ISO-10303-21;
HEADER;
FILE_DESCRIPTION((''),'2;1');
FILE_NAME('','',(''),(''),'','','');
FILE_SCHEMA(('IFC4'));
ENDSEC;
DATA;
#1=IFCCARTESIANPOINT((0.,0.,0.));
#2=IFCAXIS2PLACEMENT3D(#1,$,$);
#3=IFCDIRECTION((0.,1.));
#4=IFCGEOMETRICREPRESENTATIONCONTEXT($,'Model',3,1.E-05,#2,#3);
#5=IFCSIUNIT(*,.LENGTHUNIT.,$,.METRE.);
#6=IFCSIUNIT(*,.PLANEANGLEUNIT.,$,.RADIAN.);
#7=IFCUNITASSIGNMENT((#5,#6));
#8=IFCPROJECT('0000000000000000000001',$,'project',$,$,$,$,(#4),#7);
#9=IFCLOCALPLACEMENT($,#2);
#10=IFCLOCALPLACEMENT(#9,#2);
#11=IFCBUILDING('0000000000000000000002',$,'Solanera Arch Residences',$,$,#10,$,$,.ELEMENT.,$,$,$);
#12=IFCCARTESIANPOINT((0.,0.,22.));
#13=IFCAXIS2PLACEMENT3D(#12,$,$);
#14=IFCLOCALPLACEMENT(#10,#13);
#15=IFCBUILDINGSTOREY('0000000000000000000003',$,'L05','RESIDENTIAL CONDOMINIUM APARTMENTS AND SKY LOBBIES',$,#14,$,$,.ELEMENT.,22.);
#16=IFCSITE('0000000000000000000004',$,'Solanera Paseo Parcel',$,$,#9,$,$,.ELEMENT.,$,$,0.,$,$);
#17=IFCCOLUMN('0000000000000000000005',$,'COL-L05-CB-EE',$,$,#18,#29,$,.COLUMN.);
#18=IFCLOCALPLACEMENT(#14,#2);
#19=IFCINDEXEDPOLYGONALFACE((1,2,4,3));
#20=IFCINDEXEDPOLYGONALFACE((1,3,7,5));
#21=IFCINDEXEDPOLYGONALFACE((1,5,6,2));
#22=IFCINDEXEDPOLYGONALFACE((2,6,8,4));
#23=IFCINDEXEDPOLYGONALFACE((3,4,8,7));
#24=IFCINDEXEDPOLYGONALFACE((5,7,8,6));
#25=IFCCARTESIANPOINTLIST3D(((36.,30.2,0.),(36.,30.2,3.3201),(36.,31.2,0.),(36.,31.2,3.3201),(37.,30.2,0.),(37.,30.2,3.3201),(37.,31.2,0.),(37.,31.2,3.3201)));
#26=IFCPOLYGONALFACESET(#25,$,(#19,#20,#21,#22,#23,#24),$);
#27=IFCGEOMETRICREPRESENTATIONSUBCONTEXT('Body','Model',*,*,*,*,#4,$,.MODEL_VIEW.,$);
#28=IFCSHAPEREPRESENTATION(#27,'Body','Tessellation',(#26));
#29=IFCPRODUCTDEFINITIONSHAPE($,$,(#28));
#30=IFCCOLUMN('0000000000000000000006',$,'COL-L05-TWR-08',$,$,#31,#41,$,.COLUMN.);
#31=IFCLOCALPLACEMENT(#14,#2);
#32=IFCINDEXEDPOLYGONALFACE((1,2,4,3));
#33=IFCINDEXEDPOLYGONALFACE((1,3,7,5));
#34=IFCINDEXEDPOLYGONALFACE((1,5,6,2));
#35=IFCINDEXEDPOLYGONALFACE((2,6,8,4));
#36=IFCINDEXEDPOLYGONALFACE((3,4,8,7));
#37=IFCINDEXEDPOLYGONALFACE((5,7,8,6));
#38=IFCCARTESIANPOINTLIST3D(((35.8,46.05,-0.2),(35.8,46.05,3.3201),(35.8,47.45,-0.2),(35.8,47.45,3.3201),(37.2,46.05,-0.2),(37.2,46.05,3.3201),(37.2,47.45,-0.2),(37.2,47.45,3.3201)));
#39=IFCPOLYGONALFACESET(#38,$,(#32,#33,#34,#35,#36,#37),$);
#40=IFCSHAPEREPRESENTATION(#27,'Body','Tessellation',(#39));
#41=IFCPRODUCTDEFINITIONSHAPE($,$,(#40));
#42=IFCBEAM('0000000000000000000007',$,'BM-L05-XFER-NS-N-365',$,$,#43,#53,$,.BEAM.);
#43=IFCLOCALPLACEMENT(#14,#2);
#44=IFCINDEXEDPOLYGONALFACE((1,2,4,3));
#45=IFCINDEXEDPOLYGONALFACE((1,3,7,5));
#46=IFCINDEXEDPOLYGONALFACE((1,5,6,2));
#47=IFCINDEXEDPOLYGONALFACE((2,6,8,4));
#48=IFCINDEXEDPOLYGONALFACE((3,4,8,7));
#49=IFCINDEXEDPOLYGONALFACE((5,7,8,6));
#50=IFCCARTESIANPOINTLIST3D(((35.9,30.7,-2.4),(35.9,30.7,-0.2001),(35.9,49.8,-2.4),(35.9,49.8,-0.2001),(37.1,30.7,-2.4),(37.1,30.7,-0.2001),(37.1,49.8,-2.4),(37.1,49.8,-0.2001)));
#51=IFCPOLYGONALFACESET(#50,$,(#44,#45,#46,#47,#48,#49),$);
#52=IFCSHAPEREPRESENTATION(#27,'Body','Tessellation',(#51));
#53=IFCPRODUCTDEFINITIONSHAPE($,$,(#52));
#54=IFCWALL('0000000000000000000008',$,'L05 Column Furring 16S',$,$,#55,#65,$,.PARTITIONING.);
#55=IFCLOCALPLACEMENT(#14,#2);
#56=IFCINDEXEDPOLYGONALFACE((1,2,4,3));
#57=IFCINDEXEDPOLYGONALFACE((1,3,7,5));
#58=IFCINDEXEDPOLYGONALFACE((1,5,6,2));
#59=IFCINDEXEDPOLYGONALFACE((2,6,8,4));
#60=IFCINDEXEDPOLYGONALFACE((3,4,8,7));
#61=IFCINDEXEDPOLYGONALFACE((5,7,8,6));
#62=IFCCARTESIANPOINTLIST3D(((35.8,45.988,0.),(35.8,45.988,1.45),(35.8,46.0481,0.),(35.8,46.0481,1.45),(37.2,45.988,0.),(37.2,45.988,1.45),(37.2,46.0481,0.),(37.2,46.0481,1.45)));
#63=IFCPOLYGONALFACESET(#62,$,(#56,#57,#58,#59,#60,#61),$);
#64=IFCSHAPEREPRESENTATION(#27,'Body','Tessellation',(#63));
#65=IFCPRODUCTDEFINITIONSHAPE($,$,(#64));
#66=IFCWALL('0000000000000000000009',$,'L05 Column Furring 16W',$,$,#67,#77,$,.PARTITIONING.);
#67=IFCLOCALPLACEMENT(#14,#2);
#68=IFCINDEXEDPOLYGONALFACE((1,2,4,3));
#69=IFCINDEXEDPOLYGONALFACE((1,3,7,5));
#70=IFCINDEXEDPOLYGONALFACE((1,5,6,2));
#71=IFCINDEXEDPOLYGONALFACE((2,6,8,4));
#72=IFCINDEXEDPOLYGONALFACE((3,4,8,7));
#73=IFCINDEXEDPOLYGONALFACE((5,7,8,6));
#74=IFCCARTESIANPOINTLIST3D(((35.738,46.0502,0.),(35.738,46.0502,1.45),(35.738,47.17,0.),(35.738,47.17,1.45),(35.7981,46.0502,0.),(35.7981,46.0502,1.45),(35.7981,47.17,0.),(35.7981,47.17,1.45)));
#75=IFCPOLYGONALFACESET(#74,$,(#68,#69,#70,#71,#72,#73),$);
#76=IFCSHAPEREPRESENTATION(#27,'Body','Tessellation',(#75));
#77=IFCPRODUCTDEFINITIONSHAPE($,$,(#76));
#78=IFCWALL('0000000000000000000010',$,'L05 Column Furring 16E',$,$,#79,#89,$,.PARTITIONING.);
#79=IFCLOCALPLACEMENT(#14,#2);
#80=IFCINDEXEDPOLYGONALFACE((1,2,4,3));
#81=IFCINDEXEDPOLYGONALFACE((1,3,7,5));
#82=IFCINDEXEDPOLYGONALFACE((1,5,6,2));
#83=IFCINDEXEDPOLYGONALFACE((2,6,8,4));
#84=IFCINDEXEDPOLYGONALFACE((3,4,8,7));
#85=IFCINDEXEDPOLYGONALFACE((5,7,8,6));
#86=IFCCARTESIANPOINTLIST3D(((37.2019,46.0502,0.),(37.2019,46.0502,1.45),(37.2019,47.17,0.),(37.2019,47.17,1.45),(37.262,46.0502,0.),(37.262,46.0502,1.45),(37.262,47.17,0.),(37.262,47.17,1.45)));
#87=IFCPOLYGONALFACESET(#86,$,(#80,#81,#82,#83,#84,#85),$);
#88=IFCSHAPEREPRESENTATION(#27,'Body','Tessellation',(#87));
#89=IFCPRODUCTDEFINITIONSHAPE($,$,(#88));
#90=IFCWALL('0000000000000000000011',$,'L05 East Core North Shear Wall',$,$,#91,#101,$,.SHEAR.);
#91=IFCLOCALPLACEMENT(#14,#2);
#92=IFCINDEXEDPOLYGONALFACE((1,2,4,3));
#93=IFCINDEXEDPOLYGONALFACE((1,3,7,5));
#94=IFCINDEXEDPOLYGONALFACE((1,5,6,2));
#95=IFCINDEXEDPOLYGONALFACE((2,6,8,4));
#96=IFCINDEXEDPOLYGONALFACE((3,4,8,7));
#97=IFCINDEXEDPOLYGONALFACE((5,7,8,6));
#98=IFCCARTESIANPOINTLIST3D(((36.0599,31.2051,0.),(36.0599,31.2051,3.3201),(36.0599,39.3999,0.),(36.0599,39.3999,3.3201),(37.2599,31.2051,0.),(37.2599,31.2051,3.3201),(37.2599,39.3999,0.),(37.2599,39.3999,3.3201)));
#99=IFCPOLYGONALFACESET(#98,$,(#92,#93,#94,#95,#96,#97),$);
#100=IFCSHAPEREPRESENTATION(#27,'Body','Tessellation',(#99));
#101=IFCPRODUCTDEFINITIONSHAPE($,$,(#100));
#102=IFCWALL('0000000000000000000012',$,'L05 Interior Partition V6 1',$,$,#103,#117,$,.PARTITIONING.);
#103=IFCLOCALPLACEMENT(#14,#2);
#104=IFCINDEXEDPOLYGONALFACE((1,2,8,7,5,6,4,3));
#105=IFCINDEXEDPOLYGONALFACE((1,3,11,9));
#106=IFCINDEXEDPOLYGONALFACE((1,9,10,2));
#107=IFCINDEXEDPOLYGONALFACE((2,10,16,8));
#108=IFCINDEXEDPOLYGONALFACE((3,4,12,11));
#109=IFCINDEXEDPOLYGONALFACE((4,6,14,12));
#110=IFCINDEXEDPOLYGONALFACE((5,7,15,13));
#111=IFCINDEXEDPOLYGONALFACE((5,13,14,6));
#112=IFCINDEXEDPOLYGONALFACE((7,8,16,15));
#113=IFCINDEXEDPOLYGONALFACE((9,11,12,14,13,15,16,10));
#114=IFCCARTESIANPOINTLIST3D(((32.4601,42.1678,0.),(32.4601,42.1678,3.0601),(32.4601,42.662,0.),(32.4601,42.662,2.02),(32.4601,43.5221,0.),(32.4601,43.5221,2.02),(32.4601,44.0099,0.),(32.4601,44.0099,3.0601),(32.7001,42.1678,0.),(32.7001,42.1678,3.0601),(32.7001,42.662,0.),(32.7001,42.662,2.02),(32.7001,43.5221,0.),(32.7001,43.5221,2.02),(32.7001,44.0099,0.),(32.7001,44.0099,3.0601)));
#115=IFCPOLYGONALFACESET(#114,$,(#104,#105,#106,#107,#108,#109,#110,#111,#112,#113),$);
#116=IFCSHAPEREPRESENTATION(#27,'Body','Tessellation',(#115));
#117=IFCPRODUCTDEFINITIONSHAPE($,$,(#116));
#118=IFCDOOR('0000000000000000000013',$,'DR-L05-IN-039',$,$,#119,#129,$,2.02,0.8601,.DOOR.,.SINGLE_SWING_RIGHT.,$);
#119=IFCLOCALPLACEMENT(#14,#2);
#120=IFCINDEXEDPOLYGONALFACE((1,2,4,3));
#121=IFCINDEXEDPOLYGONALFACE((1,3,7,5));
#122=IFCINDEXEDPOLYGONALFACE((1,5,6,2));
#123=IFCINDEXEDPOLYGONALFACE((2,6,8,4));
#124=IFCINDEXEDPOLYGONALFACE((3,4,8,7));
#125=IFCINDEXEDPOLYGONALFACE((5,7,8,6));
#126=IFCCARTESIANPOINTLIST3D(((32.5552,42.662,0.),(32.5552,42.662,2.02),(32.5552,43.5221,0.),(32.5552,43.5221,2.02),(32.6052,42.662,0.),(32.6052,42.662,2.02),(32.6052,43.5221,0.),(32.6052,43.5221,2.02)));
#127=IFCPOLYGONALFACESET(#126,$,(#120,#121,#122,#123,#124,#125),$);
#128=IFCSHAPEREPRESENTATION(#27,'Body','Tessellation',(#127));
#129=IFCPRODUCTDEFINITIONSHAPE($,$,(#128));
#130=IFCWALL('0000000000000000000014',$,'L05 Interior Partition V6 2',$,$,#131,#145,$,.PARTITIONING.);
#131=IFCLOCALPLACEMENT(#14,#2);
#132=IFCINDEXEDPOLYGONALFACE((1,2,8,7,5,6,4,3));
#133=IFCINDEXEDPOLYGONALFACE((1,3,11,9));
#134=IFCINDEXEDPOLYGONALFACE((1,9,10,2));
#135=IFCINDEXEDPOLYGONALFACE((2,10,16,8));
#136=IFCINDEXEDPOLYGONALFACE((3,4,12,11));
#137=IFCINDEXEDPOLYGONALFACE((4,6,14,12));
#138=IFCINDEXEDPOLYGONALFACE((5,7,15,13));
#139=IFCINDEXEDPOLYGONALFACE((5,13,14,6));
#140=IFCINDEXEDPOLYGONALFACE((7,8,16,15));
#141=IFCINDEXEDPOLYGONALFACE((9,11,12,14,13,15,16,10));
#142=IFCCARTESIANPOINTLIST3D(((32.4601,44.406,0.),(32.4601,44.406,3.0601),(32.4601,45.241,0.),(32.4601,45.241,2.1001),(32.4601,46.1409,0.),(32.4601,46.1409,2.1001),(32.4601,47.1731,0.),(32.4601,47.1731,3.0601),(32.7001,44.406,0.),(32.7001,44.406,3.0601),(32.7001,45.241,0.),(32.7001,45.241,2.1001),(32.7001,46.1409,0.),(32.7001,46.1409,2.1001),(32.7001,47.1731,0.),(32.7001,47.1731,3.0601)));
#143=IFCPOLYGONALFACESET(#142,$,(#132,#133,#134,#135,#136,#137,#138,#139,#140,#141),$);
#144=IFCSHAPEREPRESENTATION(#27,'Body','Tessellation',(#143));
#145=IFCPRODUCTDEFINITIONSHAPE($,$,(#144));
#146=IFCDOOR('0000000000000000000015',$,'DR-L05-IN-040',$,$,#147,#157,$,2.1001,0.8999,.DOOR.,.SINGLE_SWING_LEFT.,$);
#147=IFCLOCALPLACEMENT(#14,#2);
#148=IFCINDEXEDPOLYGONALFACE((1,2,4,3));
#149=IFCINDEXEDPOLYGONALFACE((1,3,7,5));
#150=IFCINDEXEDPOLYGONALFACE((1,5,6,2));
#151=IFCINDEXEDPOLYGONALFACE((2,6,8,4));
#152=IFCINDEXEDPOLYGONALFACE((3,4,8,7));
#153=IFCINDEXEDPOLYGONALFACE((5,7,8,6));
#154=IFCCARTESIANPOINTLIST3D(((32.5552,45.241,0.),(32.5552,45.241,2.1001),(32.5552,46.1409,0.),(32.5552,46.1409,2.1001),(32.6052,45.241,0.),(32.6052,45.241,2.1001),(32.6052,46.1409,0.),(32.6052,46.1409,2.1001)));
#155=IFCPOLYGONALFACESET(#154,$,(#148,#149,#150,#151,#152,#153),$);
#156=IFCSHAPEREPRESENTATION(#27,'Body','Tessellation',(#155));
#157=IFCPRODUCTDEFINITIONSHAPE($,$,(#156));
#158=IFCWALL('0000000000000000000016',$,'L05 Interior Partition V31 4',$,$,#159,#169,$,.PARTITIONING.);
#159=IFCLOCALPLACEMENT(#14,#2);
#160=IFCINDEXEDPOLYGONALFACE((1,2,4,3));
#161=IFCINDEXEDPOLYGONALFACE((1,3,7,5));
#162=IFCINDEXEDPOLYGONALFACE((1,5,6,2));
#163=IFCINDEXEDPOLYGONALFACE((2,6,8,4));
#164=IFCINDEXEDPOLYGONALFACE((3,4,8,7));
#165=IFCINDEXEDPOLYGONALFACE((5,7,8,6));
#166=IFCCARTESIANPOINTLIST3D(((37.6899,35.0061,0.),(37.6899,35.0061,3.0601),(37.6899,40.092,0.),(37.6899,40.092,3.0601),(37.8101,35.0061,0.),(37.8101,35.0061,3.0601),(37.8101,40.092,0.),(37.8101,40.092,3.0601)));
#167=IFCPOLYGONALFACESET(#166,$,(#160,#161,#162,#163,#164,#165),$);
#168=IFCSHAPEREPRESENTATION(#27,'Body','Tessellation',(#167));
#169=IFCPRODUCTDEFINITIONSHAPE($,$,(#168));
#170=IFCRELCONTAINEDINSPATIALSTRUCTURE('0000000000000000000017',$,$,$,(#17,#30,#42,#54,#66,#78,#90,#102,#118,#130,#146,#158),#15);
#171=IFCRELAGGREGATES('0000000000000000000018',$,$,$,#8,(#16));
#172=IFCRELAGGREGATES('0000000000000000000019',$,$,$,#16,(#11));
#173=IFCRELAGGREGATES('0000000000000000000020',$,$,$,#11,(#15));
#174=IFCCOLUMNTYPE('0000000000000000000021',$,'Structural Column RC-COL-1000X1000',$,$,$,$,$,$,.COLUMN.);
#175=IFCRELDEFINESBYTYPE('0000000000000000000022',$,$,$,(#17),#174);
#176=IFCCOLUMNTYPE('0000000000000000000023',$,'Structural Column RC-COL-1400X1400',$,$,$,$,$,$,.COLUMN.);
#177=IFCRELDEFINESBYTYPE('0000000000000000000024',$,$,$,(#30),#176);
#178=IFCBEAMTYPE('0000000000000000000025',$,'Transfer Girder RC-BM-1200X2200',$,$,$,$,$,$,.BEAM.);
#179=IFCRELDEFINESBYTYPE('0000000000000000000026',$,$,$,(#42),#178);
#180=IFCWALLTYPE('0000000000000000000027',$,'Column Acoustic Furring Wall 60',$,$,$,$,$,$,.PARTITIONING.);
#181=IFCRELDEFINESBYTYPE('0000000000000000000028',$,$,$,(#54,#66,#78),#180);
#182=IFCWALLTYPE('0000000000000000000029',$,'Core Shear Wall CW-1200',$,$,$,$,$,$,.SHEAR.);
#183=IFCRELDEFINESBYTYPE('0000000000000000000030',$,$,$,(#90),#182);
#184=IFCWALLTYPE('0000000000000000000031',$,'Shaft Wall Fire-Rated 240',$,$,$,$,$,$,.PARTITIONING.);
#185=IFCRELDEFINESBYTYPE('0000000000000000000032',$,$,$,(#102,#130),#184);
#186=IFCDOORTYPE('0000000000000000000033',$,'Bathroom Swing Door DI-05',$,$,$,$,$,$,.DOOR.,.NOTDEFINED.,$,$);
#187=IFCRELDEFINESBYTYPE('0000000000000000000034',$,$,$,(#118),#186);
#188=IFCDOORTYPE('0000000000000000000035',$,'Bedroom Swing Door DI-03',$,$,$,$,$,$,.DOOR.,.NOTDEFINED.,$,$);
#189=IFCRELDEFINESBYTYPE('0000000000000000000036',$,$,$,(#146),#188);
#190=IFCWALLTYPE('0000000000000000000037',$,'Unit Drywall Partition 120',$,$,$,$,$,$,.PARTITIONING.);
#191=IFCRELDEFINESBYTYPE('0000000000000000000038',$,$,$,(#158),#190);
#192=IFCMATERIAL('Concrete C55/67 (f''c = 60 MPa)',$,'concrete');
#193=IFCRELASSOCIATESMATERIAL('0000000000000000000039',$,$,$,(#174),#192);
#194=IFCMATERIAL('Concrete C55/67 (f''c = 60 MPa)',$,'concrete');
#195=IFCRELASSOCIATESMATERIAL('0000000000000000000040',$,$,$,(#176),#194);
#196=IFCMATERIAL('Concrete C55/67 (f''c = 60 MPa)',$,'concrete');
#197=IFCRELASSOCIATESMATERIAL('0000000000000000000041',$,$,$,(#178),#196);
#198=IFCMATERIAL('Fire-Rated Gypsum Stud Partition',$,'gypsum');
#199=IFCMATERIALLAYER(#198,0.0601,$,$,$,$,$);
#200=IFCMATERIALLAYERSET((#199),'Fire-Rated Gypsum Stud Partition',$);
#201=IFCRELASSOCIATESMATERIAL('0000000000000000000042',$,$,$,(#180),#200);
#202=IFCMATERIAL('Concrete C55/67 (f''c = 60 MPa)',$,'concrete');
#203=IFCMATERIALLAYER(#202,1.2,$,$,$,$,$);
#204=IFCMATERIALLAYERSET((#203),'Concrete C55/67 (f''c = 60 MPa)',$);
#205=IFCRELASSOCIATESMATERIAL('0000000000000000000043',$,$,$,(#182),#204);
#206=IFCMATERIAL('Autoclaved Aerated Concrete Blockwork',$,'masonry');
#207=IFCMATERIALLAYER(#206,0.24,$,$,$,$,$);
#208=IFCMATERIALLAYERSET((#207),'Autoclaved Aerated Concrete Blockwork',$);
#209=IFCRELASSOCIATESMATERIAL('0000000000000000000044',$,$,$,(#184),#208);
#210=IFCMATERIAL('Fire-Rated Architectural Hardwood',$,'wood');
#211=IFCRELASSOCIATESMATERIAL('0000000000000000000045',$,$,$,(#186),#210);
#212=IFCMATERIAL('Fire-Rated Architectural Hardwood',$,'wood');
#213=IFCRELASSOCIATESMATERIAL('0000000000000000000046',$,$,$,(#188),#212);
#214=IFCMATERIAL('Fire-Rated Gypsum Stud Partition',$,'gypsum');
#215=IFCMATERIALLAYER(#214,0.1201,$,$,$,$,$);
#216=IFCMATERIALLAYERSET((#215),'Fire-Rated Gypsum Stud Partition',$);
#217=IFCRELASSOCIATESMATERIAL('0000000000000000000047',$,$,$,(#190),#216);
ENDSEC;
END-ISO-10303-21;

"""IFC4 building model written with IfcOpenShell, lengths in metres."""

from ifc_helpers import new_model, si_unit, direction, frame, frame_2d, origin, origin_2d, place, context, subcontext, project, spatial, rectangle, extrude, material, layer, layer_set, material_profile, profile_set, type_object, element, fill, save


model = new_model("IFC4")

# Units and contexts
model_context = context("Model", 3, precision=1e-05, world=origin(), true_north=direction((0.0, 1.0)))
body_context = subcontext(model_context, "Body", "Model", "MODEL_VIEW")
ifc_project = project(units=[si_unit("LENGTHUNIT", "METRE"), si_unit("PLANEANGLEUNIT", "RADIAN")], contexts=[model_context])

# Site, building, storey
site_placement = place(None, origin())
site = spatial("IfcSite", under=ifc_project, at=site_placement, Name="Solanera Paseo Parcel", CompositionType="ELEMENT", RefElevation=0.0)
building_placement = place(site_placement, origin())
building = spatial("IfcBuilding", under=site, at=building_placement, Name="Solanera Arch Residences", CompositionType="ELEMENT")
storey_placement = place(building_placement, frame((0.0, 0.0, 22.0)))
storey = spatial("IfcBuildingStorey", under=building, at=storey_placement, Name="L05", Description="RESIDENTIAL CONDOMINIUM APARTMENTS AND SKY LOBBIES", CompositionType="ELEMENT", Elevation=22.0)

# Columns
ifc_material_1 = material(Name="Concrete C55/67 (f'c = 60 MPa)", Category="concrete")
ifc_material_profile_1 = material_profile(ifc_material_1, rectangle(XDim=1.0, YDim=1.0, at=origin_2d()))
ifc_profile_set_1 = profile_set([ifc_material_profile_1], Name="Concrete C55/67 (f'c = 60 MPa)")
column_type_1 = type_object("IfcColumnType", Name="Structural Column RC-COL-1000X1000", PredefinedType="COLUMN", material=ifc_profile_set_1)
column_1_placement = place(storey_placement, frame((36.5, 30.7, 0.0), z_axis=(0.0, 0.0, 1.0), x_axis=(1.0, 0.0, 0.0)))
element("IfcColumn", 1, at=column_1_placement, inside=storey, type_object=column_type_1, Name="COL-L05-CB-EE", PredefinedType="COLUMN", context=body_context, shape_type="SweptSolid", body=[
    extrude(rectangle(XDim=1.0, YDim=1.0, at=origin_2d()), origin(), (0.0, 0.0, 1.0), 3.3201),
])
ifc_material_2 = material(Name="Concrete C55/67 (f'c = 60 MPa)", Category="concrete")
ifc_material_profile_2 = material_profile(ifc_material_2, rectangle(XDim=1.3999, YDim=1.3999, at=origin_2d()))
ifc_profile_set_2 = profile_set([ifc_material_profile_2], Name="Concrete C55/67 (f'c = 60 MPa)")
column_type_2 = type_object("IfcColumnType", Name="Structural Column RC-COL-1400X1400", PredefinedType="COLUMN", material=ifc_profile_set_2)
column_2_placement = place(storey_placement, frame((36.5, 46.75, -0.2), z_axis=(0.0, 0.0, 1.0), x_axis=(1.0, 0.0, 0.0)))
element("IfcColumn", 2, at=column_2_placement, inside=storey, type_object=column_type_2, Name="COL-L05-TWR-08", PredefinedType="COLUMN", context=body_context, shape_type="SweptSolid", body=[
    extrude(rectangle(XDim=1.3999, YDim=1.3999, at=origin_2d()), origin(), (0.0, 0.0, 1.0), 3.52),
])

# Beam
ifc_material_3 = material(Name="Concrete C55/67 (f'c = 60 MPa)", Category="concrete")
ifc_material_profile_3 = material_profile(ifc_material_3, rectangle(XDim=1.2, YDim=2.2, at=origin_2d()))
ifc_profile_set_3 = profile_set([ifc_material_profile_3], Name="Concrete C55/67 (f'c = 60 MPa)")
beam_type = type_object("IfcBeamType", Name="Transfer Girder RC-BM-1200X2200", PredefinedType="BEAM", material=ifc_profile_set_3)
beam_placement = place(storey_placement, frame((36.5, 30.7, -1.3), z_axis=(0.0, 1.0, 0.0), x_axis=(-1.0, 0.0, 0.0)))
element("IfcBeam", 3, at=beam_placement, inside=storey, type_object=beam_type, Name="BM-L05-XFER-NS-N-365", PredefinedType="BEAM", context=body_context, shape_type="SweptSolid", body=[
    extrude(rectangle(XDim=1.2, YDim=2.2, at=origin_2d()), origin(), (0.0, 0.0, 1.0), 19.1001),
])

# Walls
ifc_material_4 = material(Name="Fire-Rated Gypsum Stud Partition", Category="gypsum")
ifc_layer_1 = layer(ifc_material_4, 0.0601)
ifc_layer_set_1 = layer_set([ifc_layer_1], Name="Fire-Rated Gypsum Stud Partition")
wall_type_1 = type_object("IfcWallType", Name="Column Acoustic Furring Wall 60", PredefinedType="PARTITIONING", material=ifc_layer_set_1)
wall_1_placement = place(storey_placement, frame((35.8, 46.0181, 0.0), z_axis=(0.0, 0.0, 1.0), x_axis=(1.0, 0.0, 0.0)))
element("IfcWall", 4, at=wall_1_placement, inside=storey, type_object=wall_type_1, Name="L05 Column Furring 16S", PredefinedType="PARTITIONING", context=body_context, shape_type="SweptSolid", body=[
    extrude(rectangle(XDim=1.3999, YDim=0.0601, at=frame_2d((0.7, 0.0))), origin(), (0.0, 0.0, 1.0), 1.45),
])
for number, where, z_axis, x_axis, name in (
    (5, (35.7681, 46.05, 0.0), (0.0, 0.0, 1.0), (0.0, 1.0, 0.0), "L05 Column Furring 16W"),
    (6, (37.2319, 46.05, 0.0), (0.0, 0.0, 1.0), (0.0, 1.0, 0.0), "L05 Column Furring 16E"),
):
    element("IfcWall", number, at=place(storey_placement, frame(where, z_axis=z_axis, x_axis=x_axis)), inside=storey, type_object=wall_type_1, Name=name, PredefinedType="PARTITIONING", context=body_context, shape_type="SweptSolid", body=[
        extrude(rectangle(XDim=1.1199, YDim=0.0601, at=frame_2d((0.5601, 0.0))), origin(), (0.0, 0.0, 1.0), 1.45),
    ])
ifc_material_5 = material(Name="Concrete C55/67 (f'c = 60 MPa)", Category="concrete")
ifc_layer_2 = layer(ifc_material_5, 1.2)
ifc_layer_set_2 = layer_set([ifc_layer_2], Name="Concrete C55/67 (f'c = 60 MPa)")
wall_type_2 = type_object("IfcWallType", Name="Core Shear Wall CW-1200", PredefinedType="SHEAR", material=ifc_layer_set_2)
wall_2_placement = place(storey_placement, frame((36.6599, 31.2051, 0.0), z_axis=(0.0, 0.0, 1.0), x_axis=(0.0, 1.0, 0.0)))
element("IfcWall", 7, at=wall_2_placement, inside=storey, type_object=wall_type_2, Name="L05 East Core North Shear Wall", PredefinedType="SHEAR", context=body_context, shape_type="SweptSolid", body=[
    extrude(rectangle(XDim=8.1948, YDim=1.2, at=frame_2d((4.0974, 0.0))), origin(), (0.0, 0.0, 1.0), 3.3201),
])

# Walls, openings, doors
ifc_material_6 = material(Name="Autoclaved Aerated Concrete Blockwork", Category="masonry")
ifc_layer_3 = layer(ifc_material_6, 0.24)
ifc_layer_set_3 = layer_set([ifc_layer_3], Name="Autoclaved Aerated Concrete Blockwork")
wall_type_3 = type_object("IfcWallType", Name="Shaft Wall Fire-Rated 240", PredefinedType="PARTITIONING", material=ifc_layer_set_3)
wall_3_placement = place(storey_placement, frame((32.5801, 42.168, 0.0), z_axis=(0.0, 0.0, 1.0), x_axis=(0.0, 1.0, 0.0)))
wall_3 = element("IfcWall", 8, at=wall_3_placement, inside=storey, type_object=wall_type_3, Name="L05 Interior Partition V6 1", PredefinedType="PARTITIONING", context=body_context, shape_type="SweptSolid", body=[
    extrude(rectangle(XDim=1.842, YDim=0.24, at=frame_2d((0.9209, 0.0))), origin(), (0.0, 0.0, 1.0), 3.0601),
])
opening_1_placement = place(wall_3_placement, frame((0.4939, 0.0, 0.0)))
opening_1 = element("IfcOpeningElement", 9, at=opening_1_placement, cuts=wall_3, PredefinedType="OPENING", context=body_context, shape_type="SweptSolid", body=[
    extrude(rectangle(XDim=0.8601, YDim=2.02, at=frame_2d((0.4302, 1.01))), frame((0.0, 0.1299, 0.0), z_axis=(0.0, -1.0, 0.0), x_axis=(1.0, 0.0, 0.0)), (0.0, 0.0, 1.0), 0.26),
])
ifc_material_7 = material(Name="Fire-Rated Architectural Hardwood", Category="wood")
door_type_1 = type_object("IfcDoorType", Name="Bathroom Swing Door DI-05", OperationType="NOTDEFINED", PredefinedType="DOOR", material=ifc_material_7)
door_1_placement = place(opening_1_placement, origin())
door_1 = element("IfcDoor", 10, at=door_1_placement, inside=storey, type_object=door_type_1, Name="DR-L05-IN-039", OperationType="SINGLE_SWING_RIGHT", OverallHeight=2.02, OverallWidth=0.8601, PredefinedType="DOOR", context=body_context, shape_type="SweptSolid", body=[
    extrude(rectangle(XDim=0.8601, YDim=2.02, at=frame_2d((0.4302, 1.01))), frame((0.0, 0.0249, 0.0), z_axis=(0.0, -1.0, 0.0), x_axis=(1.0, 0.0, 0.0)), (0.0, 0.0, 1.0), 0.05),
])
fill(opening_1, door_1)
wall_4_placement = place(storey_placement, frame((32.5801, 44.406, 0.0), z_axis=(0.0, 0.0, 1.0), x_axis=(0.0, 1.0, 0.0)))
wall_4 = element("IfcWall", 11, at=wall_4_placement, inside=storey, type_object=wall_type_3, Name="L05 Interior Partition V6 2", PredefinedType="PARTITIONING", context=body_context, shape_type="SweptSolid", body=[
    extrude(rectangle(XDim=2.7671, YDim=0.24, at=frame_2d((1.3835, 0.0))), origin(), (0.0, 0.0, 1.0), 3.0601),
])
opening_2_placement = place(wall_4_placement, frame((0.835, 0.0, 0.0)))
opening_2 = element("IfcOpeningElement", 12, at=opening_2_placement, cuts=wall_4, PredefinedType="OPENING", context=body_context, shape_type="SweptSolid", body=[
    extrude(rectangle(XDim=0.8999, YDim=2.1001, at=frame_2d((0.45, 1.05))), frame((0.0, 0.1299, 0.0), z_axis=(0.0, -1.0, 0.0), x_axis=(1.0, 0.0, 0.0)), (0.0, 0.0, 1.0), 0.26),
])
ifc_material_8 = material(Name="Fire-Rated Architectural Hardwood", Category="wood")
door_type_2 = type_object("IfcDoorType", Name="Bedroom Swing Door DI-03", OperationType="NOTDEFINED", PredefinedType="DOOR", material=ifc_material_8)
door_2_placement = place(opening_2_placement, origin())
door_2 = element("IfcDoor", 13, at=door_2_placement, inside=storey, type_object=door_type_2, Name="DR-L05-IN-040", OperationType="SINGLE_SWING_LEFT", OverallHeight=2.1001, OverallWidth=0.8999, PredefinedType="DOOR", context=body_context, shape_type="SweptSolid", body=[
    extrude(rectangle(XDim=0.8999, YDim=2.1001, at=frame_2d((0.45, 1.05))), frame((0.0, 0.0249, 0.0), z_axis=(0.0, -1.0, 0.0), x_axis=(1.0, 0.0, 0.0)), (0.0, 0.0, 1.0), 0.05),
])
fill(opening_2, door_2)

# Wall
ifc_material_9 = material(Name="Fire-Rated Gypsum Stud Partition", Category="gypsum")
ifc_layer_4 = layer(ifc_material_9, 0.1201)
ifc_layer_set_4 = layer_set([ifc_layer_4], Name="Fire-Rated Gypsum Stud Partition")
wall_type_4 = type_object("IfcWallType", Name="Unit Drywall Partition 120", PredefinedType="PARTITIONING", material=ifc_layer_set_4)
wall_5_placement = place(storey_placement, frame((37.75, 35.0061, 0.0), z_axis=(0.0, 0.0, 1.0), x_axis=(0.0, 1.0, 0.0)))
element("IfcWall", 14, at=wall_5_placement, inside=storey, type_object=wall_type_4, Name="L05 Interior Partition V31 4", PredefinedType="PARTITIONING", context=body_context, shape_type="SweptSolid", body=[
    extrude(rectangle(XDim=5.0859, YDim=0.1201, at=frame_2d((2.543, 0.0))), origin(), (0.0, 0.0, 1.0), 3.0601),
])

save(model, "model.ifc")
